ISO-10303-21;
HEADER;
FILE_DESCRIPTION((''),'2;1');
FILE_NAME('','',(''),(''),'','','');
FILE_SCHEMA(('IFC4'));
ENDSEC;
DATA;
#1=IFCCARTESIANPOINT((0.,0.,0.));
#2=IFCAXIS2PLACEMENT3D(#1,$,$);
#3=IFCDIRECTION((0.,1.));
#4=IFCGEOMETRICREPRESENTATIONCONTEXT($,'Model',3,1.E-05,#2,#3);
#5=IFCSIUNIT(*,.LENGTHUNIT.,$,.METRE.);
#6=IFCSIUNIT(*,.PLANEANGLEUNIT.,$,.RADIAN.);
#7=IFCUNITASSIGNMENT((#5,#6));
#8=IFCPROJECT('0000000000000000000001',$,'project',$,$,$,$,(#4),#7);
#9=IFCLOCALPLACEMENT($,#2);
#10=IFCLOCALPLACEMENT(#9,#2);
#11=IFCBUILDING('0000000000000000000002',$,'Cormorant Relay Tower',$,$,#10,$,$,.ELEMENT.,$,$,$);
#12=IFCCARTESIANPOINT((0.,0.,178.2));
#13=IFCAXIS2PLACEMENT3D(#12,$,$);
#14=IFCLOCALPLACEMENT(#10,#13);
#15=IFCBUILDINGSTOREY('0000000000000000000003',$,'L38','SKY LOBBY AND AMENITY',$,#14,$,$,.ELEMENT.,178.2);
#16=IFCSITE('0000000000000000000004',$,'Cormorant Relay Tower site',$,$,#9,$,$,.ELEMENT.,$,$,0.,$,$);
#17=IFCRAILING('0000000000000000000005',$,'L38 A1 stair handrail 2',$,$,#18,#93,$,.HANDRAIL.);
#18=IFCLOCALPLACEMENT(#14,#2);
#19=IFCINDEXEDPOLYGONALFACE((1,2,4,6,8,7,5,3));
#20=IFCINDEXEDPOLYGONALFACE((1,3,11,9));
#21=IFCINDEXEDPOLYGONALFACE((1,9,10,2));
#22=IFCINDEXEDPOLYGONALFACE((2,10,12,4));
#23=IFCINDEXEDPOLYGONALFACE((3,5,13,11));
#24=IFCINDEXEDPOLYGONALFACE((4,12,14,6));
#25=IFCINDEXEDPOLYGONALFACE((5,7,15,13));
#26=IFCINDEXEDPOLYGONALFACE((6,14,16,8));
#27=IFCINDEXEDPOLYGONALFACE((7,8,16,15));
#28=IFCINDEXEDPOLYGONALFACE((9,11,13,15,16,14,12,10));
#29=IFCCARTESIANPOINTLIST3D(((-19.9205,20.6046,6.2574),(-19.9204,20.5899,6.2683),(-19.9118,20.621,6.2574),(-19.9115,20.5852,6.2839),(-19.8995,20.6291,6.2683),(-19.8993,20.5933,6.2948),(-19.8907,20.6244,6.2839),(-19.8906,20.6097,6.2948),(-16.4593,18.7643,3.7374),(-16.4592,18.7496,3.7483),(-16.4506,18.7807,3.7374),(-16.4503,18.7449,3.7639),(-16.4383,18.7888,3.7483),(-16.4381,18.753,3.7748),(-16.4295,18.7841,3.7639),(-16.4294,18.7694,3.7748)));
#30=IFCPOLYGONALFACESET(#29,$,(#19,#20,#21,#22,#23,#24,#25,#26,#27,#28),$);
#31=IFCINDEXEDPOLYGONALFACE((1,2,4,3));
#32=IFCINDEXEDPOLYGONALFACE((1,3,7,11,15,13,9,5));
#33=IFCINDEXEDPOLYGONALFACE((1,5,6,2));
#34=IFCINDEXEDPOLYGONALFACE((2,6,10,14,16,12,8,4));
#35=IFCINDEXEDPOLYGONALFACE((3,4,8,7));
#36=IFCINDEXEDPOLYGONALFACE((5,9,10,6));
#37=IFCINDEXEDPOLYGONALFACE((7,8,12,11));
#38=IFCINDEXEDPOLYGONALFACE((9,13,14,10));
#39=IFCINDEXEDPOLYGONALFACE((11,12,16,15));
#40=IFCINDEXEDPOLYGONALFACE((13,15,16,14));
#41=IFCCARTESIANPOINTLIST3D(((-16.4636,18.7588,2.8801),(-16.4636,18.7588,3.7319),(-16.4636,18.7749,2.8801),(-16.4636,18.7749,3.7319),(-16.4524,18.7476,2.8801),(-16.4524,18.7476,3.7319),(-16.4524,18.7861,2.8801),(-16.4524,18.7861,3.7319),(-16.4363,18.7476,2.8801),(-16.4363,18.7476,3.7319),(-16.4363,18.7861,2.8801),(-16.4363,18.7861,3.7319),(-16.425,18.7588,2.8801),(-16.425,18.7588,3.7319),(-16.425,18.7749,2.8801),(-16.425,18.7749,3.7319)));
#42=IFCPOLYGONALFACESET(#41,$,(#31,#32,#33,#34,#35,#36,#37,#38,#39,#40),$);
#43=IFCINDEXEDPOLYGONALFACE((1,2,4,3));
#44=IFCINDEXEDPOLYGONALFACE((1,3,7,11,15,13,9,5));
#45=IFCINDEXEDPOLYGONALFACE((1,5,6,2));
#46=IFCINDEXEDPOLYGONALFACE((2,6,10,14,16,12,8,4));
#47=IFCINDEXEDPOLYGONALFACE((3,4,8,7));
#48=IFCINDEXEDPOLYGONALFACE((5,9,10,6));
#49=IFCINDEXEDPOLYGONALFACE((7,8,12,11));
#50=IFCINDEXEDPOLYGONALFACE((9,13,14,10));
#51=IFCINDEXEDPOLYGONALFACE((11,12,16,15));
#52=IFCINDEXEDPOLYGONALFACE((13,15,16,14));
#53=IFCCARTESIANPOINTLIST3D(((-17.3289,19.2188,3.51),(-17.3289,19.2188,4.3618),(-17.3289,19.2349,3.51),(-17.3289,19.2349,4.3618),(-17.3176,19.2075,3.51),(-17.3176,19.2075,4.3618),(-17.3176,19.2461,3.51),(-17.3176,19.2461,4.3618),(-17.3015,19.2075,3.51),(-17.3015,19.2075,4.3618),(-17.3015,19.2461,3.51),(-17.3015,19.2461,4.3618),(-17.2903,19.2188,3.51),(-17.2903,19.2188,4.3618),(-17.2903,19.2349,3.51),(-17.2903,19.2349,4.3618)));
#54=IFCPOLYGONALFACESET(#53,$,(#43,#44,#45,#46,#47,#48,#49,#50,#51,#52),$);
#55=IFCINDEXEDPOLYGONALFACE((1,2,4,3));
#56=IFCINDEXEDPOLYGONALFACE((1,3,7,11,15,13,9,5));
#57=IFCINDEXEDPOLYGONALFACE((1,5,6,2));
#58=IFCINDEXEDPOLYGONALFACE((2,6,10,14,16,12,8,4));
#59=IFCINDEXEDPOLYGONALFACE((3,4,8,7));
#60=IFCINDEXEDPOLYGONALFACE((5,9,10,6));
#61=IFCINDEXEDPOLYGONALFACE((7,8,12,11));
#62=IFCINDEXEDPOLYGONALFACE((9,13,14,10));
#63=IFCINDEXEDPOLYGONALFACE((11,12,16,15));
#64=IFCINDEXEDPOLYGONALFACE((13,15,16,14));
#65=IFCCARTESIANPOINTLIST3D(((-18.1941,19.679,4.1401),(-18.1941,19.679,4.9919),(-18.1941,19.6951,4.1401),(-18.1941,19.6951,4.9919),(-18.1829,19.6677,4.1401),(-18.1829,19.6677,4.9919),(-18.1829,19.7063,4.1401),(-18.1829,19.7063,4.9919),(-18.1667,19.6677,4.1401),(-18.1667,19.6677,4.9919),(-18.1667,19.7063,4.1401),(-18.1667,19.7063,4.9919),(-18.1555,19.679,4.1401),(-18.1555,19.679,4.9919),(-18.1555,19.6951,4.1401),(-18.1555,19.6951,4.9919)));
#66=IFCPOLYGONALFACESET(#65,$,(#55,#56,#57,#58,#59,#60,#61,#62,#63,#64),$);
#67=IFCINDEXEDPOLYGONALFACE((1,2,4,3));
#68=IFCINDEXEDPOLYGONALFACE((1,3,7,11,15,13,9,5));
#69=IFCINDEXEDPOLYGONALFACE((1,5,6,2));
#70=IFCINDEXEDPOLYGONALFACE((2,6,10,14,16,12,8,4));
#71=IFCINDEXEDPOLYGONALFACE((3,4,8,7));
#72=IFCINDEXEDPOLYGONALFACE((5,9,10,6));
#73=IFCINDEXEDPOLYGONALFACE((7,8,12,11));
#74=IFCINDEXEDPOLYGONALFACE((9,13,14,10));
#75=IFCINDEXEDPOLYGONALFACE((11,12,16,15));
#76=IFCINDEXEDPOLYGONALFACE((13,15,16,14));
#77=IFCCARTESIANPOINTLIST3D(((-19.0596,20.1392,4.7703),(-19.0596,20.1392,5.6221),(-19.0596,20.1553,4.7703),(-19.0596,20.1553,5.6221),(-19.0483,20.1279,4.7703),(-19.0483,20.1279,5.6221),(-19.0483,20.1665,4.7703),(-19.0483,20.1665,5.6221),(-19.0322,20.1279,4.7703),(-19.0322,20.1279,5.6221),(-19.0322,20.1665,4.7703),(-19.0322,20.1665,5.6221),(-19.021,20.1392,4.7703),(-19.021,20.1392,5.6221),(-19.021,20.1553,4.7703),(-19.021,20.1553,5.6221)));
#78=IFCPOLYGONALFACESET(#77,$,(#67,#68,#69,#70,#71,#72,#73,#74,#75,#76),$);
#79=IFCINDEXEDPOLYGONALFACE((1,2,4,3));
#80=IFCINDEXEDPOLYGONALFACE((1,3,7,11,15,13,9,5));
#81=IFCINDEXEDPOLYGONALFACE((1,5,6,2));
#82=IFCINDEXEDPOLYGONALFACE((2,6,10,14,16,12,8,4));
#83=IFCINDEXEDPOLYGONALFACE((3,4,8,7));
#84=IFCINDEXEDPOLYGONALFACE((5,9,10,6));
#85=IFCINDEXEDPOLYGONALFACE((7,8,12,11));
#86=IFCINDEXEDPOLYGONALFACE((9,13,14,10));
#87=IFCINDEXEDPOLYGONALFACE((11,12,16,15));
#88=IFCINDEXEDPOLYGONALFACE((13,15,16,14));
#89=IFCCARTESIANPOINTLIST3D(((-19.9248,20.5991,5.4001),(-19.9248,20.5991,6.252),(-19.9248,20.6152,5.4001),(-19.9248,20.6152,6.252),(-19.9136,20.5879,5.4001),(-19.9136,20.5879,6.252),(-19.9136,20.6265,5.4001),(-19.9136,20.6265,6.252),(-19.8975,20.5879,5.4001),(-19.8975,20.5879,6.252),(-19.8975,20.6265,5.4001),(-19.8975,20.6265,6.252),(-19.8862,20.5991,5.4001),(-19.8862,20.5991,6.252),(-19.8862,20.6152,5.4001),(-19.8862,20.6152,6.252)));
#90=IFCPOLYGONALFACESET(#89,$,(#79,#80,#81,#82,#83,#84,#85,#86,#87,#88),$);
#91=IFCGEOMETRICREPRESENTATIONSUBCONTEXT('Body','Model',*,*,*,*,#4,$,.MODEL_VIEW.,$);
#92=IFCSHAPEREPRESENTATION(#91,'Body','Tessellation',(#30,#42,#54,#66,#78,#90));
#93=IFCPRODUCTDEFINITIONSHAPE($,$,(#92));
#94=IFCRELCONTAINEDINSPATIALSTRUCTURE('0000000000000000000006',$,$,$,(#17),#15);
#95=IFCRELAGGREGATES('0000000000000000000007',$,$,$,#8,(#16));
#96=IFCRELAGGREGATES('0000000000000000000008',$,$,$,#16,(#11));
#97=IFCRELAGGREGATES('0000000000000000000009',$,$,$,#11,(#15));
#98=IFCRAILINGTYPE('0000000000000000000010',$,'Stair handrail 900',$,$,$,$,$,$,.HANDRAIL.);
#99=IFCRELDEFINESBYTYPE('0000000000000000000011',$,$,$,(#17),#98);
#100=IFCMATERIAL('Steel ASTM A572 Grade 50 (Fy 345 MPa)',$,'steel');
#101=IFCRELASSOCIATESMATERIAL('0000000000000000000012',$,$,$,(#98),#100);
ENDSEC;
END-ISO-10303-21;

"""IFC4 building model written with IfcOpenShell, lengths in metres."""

from ifc_helpers import new_model, si_unit, direction, frame, origin, place, context, subcontext, project, spatial, polyline, outline, extrude, material, type_object, element, save


model = new_model("IFC4")

# Units and contexts
model_context = context("Model", 3, precision=1e-05, world=origin(), true_north=direction((0.0, 1.0)))
body_context = subcontext(model_context, "Body", "Model", "MODEL_VIEW")
ifc_project = project(units=[si_unit("LENGTHUNIT", "METRE"), si_unit("PLANEANGLEUNIT", "RADIAN")], contexts=[model_context])

# Site, building, storey
site_placement = place(None, origin())
site = spatial("IfcSite", under=ifc_project, at=site_placement, Name="Cormorant Relay Tower site", CompositionType="ELEMENT", RefElevation=0.0)
building_placement = place(site_placement, origin())
building = spatial("IfcBuilding", under=site, at=building_placement, Name="Cormorant Relay Tower", CompositionType="ELEMENT")
storey_placement = place(building_placement, frame((0.0, 0.0, 178.2)))
storey = spatial("IfcBuildingStorey", under=building, at=storey_placement, Name="L38", Description="SKY LOBBY AND AMENITY", CompositionType="ELEMENT", Elevation=178.2)

# Railing
ifc_material_1 = material(Name="Steel ASTM A572 Grade 50 (Fy 345 MPa)", Category="steel")
railing_type_1 = type_object("IfcRailingType", Name="Stair handrail 900", PredefinedType="HANDRAIL", material=ifc_material_1)
railing_1_placement = place(storey_placement, frame((-16.4443, 18.7668, 2.8801)))
element("IfcRailing", 1, at=railing_1_placement, inside=storey, type_object=railing_type_1, Name="L38 A1 stair handrail 2", PredefinedType="HANDRAIL", context=body_context, shape_type="SweptSolid", body=[
    extrude(outline(polyline([(0.0222, 0.0093), (0.0093, 0.0222), (-0.0093, 0.0222), (-0.0222, 0.0093), (-0.0222, -0.0093), (-0.0093, -0.0222), (0.0093, -0.0222), (0.0222, -0.0093), (0.0222, 0.0093)])), frame((0.0, 0.0, 0.876), z_axis=(-0.742717, 0.394907, 0.540758), x_axis=(-0.469469, -0.882949, 0.0)), (0.0, 0.0, 1.0), 4.6602),
    extrude(outline(polyline([(0.0193, 0.0081), (0.0081, 0.0193), (-0.0081, 0.0193), (-0.0193, 0.0081), (-0.0193, -0.0081), (-0.0081, -0.0193), (0.0081, -0.0193), (0.0193, -0.0081), (0.0193, 0.0081)])), origin(), (0.0, 0.0, 1.0), 0.8518),
    extrude(outline(polyline([(0.0193, 0.0081), (0.0081, 0.0193), (-0.0081, 0.0193), (-0.0193, 0.0081), (-0.0193, -0.0081), (-0.0081, -0.0193), (0.0081, -0.0193), (0.0193, -0.0081), (0.0193, 0.0081)])), frame((-0.8652, 0.46, 0.6299)), (0.0, 0.0, 1.0), 0.8518),
    extrude(outline(polyline([(0.0193, 0.0081), (0.0081, 0.0193), (-0.0081, 0.0193), (-0.0193, 0.0081), (-0.0193, -0.0081), (-0.0081, -0.0193), (0.0081, -0.0193), (0.0193, -0.0081), (0.0193, 0.0081)])), frame((-1.7305, 0.9202, 1.26)), (0.0, 0.0, 1.0), 0.8518),
    extrude(outline(polyline([(0.0193, 0.0081), (0.0081, 0.0193), (-0.0081, 0.0193), (-0.0193, 0.0081), (-0.0193, -0.0081), (-0.0081, -0.0193), (0.0081, -0.0193), (0.0193, -0.0081), (0.0193, 0.0081)])), frame((-2.5959, 1.3804, 1.8901)), (0.0, 0.0, 1.0), 0.8518),
    extrude(outline(polyline([(0.0193, 0.0081), (0.0081, 0.0193), (-0.0081, 0.0193), (-0.0193, 0.0081), (-0.0193, -0.0081), (-0.0081, -0.0193), (0.0081, -0.0193), (0.0193, -0.0081), (0.0193, 0.0081)])), frame((-3.4612, 1.8403, 2.52)), (0.0, 0.0, 1.0), 0.8518),
])

save(model, "model.ifc")
